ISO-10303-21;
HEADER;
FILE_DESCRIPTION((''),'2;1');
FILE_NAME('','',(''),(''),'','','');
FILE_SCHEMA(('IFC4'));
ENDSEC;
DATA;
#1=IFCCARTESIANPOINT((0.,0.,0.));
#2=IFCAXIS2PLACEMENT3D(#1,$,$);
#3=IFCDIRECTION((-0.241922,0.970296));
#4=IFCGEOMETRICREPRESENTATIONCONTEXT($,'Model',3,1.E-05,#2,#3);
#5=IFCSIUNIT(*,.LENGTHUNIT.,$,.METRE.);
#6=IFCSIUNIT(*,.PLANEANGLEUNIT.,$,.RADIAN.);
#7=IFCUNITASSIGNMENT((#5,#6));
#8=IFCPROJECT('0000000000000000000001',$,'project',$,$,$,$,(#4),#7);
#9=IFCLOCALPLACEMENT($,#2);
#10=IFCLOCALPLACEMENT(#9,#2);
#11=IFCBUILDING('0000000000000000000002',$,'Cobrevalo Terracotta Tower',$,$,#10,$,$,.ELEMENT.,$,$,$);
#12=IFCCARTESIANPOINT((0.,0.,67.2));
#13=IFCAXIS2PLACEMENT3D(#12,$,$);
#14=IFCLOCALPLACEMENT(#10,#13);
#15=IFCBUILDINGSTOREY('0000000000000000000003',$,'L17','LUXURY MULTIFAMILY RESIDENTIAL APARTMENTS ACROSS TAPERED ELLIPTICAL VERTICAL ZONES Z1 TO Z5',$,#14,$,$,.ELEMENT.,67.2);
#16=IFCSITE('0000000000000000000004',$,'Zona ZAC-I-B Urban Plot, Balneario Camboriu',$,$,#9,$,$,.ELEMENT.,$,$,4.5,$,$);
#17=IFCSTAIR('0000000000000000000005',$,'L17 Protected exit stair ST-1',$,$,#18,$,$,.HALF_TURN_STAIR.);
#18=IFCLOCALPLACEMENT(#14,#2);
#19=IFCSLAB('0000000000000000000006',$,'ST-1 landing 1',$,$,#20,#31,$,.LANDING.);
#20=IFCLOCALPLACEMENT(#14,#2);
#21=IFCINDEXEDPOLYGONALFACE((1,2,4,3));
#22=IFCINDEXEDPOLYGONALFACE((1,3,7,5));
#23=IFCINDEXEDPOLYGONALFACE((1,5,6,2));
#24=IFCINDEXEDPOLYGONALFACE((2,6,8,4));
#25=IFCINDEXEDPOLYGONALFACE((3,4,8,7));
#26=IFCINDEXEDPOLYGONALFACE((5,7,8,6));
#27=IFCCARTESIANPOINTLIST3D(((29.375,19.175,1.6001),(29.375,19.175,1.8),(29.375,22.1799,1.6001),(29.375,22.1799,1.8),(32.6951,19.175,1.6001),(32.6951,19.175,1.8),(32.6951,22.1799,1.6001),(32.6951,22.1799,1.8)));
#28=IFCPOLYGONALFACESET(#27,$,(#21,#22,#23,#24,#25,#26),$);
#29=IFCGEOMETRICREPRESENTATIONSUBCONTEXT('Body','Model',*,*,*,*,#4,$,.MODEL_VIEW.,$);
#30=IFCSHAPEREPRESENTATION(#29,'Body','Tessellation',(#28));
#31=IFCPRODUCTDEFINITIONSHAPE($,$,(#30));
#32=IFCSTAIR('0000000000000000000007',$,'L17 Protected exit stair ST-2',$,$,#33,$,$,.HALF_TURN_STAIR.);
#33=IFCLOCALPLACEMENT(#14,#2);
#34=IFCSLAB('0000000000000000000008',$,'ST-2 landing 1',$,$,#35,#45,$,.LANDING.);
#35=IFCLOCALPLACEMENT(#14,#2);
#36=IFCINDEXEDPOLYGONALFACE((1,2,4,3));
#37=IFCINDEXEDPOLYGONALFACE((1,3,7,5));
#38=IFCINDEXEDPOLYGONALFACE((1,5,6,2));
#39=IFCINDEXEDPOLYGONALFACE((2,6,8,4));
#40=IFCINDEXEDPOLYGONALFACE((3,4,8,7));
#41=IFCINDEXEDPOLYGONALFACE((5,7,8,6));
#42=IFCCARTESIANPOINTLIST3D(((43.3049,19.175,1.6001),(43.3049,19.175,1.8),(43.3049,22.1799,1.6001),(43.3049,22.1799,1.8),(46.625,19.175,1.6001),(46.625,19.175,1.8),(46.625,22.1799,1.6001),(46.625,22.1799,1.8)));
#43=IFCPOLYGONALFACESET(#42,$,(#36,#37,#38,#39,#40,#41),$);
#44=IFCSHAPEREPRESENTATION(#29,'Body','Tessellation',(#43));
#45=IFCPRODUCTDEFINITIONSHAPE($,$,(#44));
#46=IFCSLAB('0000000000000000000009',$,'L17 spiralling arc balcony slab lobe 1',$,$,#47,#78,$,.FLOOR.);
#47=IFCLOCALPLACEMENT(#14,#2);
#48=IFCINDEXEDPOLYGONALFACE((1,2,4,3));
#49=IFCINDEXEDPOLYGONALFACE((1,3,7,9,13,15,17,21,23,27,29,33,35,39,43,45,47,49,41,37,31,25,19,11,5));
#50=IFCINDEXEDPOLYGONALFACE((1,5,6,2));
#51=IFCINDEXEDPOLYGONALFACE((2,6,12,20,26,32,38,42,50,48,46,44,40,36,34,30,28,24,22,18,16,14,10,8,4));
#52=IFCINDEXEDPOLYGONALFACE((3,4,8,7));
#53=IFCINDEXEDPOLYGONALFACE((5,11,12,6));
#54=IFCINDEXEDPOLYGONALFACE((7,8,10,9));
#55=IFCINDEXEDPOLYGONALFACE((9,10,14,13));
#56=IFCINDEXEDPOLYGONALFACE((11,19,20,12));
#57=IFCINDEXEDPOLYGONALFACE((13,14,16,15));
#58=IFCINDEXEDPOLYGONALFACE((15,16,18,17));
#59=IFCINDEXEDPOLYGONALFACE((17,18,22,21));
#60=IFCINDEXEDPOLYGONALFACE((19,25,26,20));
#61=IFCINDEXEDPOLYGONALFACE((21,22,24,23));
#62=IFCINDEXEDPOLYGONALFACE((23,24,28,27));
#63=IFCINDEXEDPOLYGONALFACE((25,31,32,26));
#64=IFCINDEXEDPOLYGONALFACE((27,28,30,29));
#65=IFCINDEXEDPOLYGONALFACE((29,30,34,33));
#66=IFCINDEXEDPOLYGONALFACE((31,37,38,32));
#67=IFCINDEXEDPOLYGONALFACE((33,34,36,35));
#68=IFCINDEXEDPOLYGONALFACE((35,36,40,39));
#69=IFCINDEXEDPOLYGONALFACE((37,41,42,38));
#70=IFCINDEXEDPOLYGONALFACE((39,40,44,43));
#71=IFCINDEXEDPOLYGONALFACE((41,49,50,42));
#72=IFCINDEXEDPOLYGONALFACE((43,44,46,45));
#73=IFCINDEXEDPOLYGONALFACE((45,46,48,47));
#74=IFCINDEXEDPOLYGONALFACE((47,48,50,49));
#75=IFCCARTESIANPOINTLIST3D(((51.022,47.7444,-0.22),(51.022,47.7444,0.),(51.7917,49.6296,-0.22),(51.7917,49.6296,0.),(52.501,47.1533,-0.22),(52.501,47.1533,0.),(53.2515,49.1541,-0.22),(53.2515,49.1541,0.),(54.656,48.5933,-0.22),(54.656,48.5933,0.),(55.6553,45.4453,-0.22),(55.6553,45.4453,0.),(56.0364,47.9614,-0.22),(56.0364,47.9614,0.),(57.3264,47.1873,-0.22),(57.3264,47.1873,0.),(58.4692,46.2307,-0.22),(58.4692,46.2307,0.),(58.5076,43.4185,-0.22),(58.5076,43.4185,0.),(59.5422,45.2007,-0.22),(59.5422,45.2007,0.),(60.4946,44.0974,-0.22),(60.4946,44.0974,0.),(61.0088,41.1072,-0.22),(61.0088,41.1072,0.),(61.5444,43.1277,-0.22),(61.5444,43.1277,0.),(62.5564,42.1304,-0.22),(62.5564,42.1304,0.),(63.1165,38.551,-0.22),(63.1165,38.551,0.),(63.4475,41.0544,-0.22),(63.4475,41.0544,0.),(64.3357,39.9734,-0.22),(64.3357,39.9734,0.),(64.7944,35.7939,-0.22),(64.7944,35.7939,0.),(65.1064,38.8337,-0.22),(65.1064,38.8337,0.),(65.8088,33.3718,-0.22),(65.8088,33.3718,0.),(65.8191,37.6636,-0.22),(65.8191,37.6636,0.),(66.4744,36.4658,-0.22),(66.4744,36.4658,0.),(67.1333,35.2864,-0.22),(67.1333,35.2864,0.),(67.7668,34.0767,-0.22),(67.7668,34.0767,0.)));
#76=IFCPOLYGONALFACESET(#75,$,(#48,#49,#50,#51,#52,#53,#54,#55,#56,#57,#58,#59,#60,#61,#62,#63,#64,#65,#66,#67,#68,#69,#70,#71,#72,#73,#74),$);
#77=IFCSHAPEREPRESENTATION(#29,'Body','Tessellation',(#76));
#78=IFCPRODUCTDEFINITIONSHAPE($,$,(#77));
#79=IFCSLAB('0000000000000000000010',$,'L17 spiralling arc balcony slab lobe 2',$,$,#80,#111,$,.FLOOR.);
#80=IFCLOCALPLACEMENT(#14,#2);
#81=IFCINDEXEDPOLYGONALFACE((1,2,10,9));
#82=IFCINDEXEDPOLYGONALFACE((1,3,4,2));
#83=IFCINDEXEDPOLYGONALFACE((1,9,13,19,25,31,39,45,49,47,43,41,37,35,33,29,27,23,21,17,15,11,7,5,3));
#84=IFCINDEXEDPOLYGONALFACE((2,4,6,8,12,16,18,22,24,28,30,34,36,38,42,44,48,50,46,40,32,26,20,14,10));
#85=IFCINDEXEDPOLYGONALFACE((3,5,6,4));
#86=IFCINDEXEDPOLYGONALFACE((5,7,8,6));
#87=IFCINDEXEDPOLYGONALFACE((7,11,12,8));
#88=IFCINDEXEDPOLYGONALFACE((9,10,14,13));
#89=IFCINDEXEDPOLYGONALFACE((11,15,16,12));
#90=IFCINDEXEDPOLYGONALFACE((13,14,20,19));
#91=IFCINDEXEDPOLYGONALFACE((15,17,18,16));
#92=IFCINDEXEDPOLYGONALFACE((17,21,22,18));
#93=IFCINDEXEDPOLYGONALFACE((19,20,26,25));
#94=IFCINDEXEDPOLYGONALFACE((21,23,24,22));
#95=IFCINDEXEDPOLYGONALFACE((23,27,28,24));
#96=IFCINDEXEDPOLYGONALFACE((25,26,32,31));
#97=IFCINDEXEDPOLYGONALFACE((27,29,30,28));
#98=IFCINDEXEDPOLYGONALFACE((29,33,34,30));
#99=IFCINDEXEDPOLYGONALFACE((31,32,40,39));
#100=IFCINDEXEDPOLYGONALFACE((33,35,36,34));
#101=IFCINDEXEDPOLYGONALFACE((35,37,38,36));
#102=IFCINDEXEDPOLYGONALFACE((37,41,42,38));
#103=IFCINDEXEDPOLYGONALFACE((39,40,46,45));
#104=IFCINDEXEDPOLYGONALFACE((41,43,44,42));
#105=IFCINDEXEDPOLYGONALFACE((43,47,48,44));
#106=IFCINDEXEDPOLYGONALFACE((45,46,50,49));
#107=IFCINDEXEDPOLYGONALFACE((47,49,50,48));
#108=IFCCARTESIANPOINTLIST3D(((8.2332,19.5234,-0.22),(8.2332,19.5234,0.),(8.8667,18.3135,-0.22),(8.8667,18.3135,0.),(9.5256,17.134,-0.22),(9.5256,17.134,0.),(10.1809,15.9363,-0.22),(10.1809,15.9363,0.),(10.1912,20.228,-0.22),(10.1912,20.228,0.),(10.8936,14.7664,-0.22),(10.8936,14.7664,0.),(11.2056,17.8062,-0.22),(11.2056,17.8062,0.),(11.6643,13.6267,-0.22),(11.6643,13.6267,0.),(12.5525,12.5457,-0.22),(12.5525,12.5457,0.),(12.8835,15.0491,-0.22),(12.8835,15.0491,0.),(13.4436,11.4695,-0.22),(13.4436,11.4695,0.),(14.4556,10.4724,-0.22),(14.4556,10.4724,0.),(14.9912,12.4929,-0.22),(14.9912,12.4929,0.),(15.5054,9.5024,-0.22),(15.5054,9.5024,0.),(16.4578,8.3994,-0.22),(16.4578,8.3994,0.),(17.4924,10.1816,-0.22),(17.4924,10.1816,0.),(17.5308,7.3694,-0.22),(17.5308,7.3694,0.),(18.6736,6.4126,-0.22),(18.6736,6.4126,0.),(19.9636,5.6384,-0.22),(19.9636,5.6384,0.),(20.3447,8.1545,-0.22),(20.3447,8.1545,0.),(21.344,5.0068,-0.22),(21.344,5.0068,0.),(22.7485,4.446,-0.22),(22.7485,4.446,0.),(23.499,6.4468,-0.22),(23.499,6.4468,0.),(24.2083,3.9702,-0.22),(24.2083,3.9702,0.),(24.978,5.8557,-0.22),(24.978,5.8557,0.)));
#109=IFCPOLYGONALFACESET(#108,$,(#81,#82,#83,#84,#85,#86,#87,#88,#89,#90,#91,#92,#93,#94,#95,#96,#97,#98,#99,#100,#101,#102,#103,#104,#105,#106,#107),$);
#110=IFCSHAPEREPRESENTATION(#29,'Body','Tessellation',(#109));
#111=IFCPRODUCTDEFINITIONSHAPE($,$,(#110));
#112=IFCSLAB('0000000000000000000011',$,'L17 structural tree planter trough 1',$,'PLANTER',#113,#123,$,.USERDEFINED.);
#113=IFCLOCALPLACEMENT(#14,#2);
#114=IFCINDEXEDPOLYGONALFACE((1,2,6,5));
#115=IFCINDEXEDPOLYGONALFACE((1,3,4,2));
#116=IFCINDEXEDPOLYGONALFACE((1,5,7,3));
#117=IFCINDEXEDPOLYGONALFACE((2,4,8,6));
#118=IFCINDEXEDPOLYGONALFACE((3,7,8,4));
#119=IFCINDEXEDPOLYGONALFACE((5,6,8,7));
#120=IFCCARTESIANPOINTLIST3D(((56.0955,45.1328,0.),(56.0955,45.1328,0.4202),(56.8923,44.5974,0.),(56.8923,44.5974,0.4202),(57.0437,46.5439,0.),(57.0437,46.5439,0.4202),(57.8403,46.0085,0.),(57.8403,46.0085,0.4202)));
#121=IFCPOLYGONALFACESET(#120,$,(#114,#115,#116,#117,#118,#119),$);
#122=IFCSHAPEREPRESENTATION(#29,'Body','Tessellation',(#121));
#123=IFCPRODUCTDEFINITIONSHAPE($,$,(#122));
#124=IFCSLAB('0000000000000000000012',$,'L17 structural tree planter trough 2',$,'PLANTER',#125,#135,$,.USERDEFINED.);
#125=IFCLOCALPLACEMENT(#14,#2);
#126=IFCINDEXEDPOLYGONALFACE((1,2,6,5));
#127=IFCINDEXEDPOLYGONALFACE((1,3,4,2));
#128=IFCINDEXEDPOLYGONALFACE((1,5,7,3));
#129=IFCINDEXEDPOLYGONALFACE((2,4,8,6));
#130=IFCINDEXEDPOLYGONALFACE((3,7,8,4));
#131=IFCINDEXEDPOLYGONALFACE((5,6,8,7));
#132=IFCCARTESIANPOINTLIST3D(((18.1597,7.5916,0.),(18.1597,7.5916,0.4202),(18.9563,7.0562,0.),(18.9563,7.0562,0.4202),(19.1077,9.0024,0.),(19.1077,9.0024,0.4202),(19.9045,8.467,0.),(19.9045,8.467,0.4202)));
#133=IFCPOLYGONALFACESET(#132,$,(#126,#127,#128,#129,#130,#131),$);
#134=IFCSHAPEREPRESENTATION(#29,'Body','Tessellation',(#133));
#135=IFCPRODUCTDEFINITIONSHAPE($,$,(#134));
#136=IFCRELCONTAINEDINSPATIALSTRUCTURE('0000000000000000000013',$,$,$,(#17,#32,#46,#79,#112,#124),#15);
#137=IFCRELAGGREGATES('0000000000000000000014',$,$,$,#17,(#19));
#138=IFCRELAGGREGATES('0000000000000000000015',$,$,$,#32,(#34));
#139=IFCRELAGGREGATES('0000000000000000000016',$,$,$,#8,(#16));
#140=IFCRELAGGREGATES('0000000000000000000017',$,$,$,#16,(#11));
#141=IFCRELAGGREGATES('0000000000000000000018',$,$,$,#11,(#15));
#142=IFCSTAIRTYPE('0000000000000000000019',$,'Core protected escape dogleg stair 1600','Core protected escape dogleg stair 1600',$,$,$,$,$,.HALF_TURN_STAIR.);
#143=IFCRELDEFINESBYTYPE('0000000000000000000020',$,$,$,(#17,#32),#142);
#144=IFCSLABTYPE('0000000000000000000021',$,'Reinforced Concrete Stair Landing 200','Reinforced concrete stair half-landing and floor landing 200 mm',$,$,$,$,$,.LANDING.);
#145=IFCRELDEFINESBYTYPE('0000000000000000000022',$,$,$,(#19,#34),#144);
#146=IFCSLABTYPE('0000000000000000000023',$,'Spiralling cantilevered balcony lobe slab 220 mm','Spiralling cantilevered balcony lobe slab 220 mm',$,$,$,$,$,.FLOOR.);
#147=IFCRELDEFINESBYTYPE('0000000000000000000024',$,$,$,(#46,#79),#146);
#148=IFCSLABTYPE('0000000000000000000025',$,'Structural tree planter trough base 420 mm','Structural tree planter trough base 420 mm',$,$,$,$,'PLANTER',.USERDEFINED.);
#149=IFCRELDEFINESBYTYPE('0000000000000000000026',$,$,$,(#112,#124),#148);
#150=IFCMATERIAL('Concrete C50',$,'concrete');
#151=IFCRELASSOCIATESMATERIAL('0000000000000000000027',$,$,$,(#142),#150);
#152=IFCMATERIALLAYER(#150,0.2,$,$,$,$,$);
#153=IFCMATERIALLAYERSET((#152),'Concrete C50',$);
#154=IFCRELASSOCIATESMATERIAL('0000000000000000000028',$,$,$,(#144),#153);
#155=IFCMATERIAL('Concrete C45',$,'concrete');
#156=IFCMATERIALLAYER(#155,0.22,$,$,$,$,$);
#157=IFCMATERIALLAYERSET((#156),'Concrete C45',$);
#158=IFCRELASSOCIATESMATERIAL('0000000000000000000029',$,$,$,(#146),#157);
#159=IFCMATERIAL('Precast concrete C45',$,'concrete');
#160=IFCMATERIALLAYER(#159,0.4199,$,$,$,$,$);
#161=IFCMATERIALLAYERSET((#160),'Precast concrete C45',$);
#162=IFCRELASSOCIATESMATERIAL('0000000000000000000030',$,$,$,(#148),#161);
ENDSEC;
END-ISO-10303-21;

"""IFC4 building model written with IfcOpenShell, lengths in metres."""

from ifc_helpers import new_model, si_unit, direction, frame, origin, place, context, subcontext, project, spatial, polyline, outline, extrude, material, layer, layer_set, type_object, element, aggregate, save


model = new_model("IFC4")

# Units and contexts
model_context = context("Model", 3, precision=1e-05, world=origin(), true_north=direction((-0.241922, 0.970296)))
body_context = subcontext(model_context, "Body", "Model", "MODEL_VIEW")
ifc_project = project(units=[si_unit("LENGTHUNIT", "METRE"), si_unit("PLANEANGLEUNIT", "RADIAN")], contexts=[model_context])

# Site, building, storey
site_placement = place(None, origin())
site = spatial("IfcSite", under=ifc_project, at=site_placement, Name="Zona ZAC-I-B Urban Plot, Balneario Camboriu", CompositionType="ELEMENT", RefElevation=4.5)
building_placement = place(site_placement, origin())
building = spatial("IfcBuilding", under=site, at=building_placement, Name="Cobrevalo Terracotta Tower", CompositionType="ELEMENT")
storey_placement = place(building_placement, frame((0.0, 0.0, 67.2)))
storey = spatial("IfcBuildingStorey", under=building, at=storey_placement, Name="L17", Description="LUXURY MULTIFAMILY RESIDENTIAL APARTMENTS ACROSS TAPERED ELLIPTICAL VERTICAL ZONES Z1 TO Z5", CompositionType="ELEMENT", Elevation=67.2)

# Stairs, slabs
ifc_material_1 = material(Name="Concrete C50", Category="concrete")
stair_type = type_object("IfcStairType", Name="Core protected escape dogleg stair 1600", Description="Core protected escape dogleg stair 1600", PredefinedType="HALF_TURN_STAIR", material=ifc_material_1)
stair_1_placement = place(storey_placement, origin())
stair_1 = element("IfcStair", 1, at=stair_1_placement, inside=storey, type_object=stair_type, Name="L17 Protected exit stair ST-1", PredefinedType="HALF_TURN_STAIR")
ifc_layer_1 = layer(ifc_material_1, 0.2)
ifc_layer_set_1 = layer_set([ifc_layer_1], Name="Concrete C50")
slab_type_1 = type_object("IfcSlabType", Name="Reinforced Concrete Stair Landing 200", Description="Reinforced concrete stair half-landing and floor landing 200 mm", PredefinedType="LANDING", material=ifc_layer_set_1)
slab_1_placement = place(storey_placement, frame((0.0, 0.0, 1.6001)))
slab_1 = element("IfcSlab", 2, at=slab_1_placement, type_object=slab_type_1, Name="ST-1 landing 1", PredefinedType="LANDING", context=body_context, shape_type="SweptSolid", body=[
    extrude(outline(polyline([(29.375, 22.1799), (29.375, 19.175), (32.6951, 19.175), (32.6951, 22.1799), (29.375, 22.1799)])), origin(), (0.0, 0.0, 1.0), 0.2),
])
aggregate(stair_1, [slab_1])
stair_2_placement = place(storey_placement, origin())
stair_2 = element("IfcStair", 3, at=stair_2_placement, inside=storey, type_object=stair_type, Name="L17 Protected exit stair ST-2", PredefinedType="HALF_TURN_STAIR")
slab_2_placement = place(storey_placement, frame((0.0, 0.0, 1.6001)))
slab_2 = element("IfcSlab", 4, at=slab_2_placement, type_object=slab_type_1, Name="ST-2 landing 1", PredefinedType="LANDING", context=body_context, shape_type="SweptSolid", body=[
    extrude(outline(polyline([(43.3049, 22.1799), (43.3049, 19.175), (46.625, 19.175), (46.625, 22.1799), (43.3049, 22.1799)])), origin(), (0.0, 0.0, 1.0), 0.2),
])
aggregate(stair_2, [slab_2])

# Slabs
ifc_material_2 = material(Name="Concrete C45", Category="concrete")
ifc_layer_2 = layer(ifc_material_2, 0.22)
ifc_layer_set_2 = layer_set([ifc_layer_2], Name="Concrete C45")
slab_type_2 = type_object("IfcSlabType", Name="Spiralling cantilevered balcony lobe slab 220 mm", Description="Spiralling cantilevered balcony lobe slab 220 mm", PredefinedType="FLOOR", material=ifc_layer_set_2)
slab_3_placement = place(storey_placement, frame((0.0, 0.0, -0.22)))
element("IfcSlab", 5, at=slab_3_placement, inside=storey, type_object=slab_type_2, Name="L17 spiralling arc balcony slab lobe 1", PredefinedType="FLOOR", context=body_context, shape_type="SweptSolid", body=[
    extrude(outline(polyline([(67.7668, 34.0767), (67.1333, 35.2864), (66.4744, 36.4658), (65.8191, 37.6636), (65.1064, 38.8337), (64.3357, 39.9734), (63.4475, 41.0544), (62.5564, 42.1304), (61.5444, 43.1277), (60.4946, 44.0974), (59.5422, 45.2007), (58.4692, 46.2307), (57.3264, 47.1873), (56.0364, 47.9614), (54.656, 48.5933), (53.2515, 49.1541), (51.7917, 49.6296), (51.022, 47.7444), (52.501, 47.1533), (55.6553, 45.4453), (58.5076, 43.4185), (61.0088, 41.1072), (63.1165, 38.551), (64.7944, 35.7939), (65.8088, 33.3718), (67.7668, 34.0767)])), origin(), (0.0, 0.0, 1.0), 0.22),
])
slab_4_placement = place(storey_placement, frame((0.0, 0.0, -0.22)))
element("IfcSlab", 6, at=slab_4_placement, inside=storey, type_object=slab_type_2, Name="L17 spiralling arc balcony slab lobe 2", PredefinedType="FLOOR", context=body_context, shape_type="SweptSolid", body=[
    extrude(outline(polyline([(8.2332, 19.5234), (8.8667, 18.3135), (9.5256, 17.134), (10.1809, 15.9363), (10.8936, 14.7664), (11.6643, 13.6267), (12.5525, 12.5457), (13.4436, 11.4695), (14.4556, 10.4724), (15.5054, 9.5024), (16.4578, 8.3994), (17.5308, 7.3694), (18.6736, 6.4126), (19.9636, 5.6384), (21.344, 5.0068), (22.7485, 4.446), (24.2083, 3.9702), (24.978, 5.8557), (23.499, 6.4468), (20.3447, 8.1545), (17.4924, 10.1816), (14.9912, 12.4929), (12.8835, 15.0491), (11.2056, 17.8062), (10.1912, 20.228), (8.2332, 19.5234)])), origin(), (0.0, 0.0, 1.0), 0.22),
])
ifc_material_3 = material(Name="Precast concrete C45", Category="concrete")
ifc_layer_3 = layer(ifc_material_3, 0.4199)
ifc_layer_set_3 = layer_set([ifc_layer_3], Name="Precast concrete C45")
slab_type_3 = type_object("IfcSlabType", Name="Structural tree planter trough base 420 mm", Description="Structural tree planter trough base 420 mm", ElementType="PLANTER", PredefinedType="USERDEFINED", material=ifc_layer_set_3)
slab_5_placement = place(storey_placement, origin())
element("IfcSlab", 7, at=slab_5_placement, inside=storey, type_object=slab_type_3, Name="L17 structural tree planter trough 1", ObjectType="PLANTER", PredefinedType="USERDEFINED", context=body_context, shape_type="SweptSolid", body=[
    extrude(outline(polyline([(56.8923, 44.5974), (57.8403, 46.0085), (57.0437, 46.5439), (56.0955, 45.1328), (56.8923, 44.5974)])), origin(), (0.0, 0.0, 1.0), 0.4202),
])
slab_6_placement = place(storey_placement, origin())
element("IfcSlab", 8, at=slab_6_placement, inside=storey, type_object=slab_type_3, Name="L17 structural tree planter trough 2", ObjectType="PLANTER", PredefinedType="USERDEFINED", context=body_context, shape_type="SweptSolid", body=[
    extrude(outline(polyline([(19.1077, 9.0024), (18.1597, 7.5916), (18.9563, 7.0562), (19.9045, 8.467), (19.1077, 9.0024)])), origin(), (0.0, 0.0, 1.0), 0.4202),
])

save(model, "model.ifc")
